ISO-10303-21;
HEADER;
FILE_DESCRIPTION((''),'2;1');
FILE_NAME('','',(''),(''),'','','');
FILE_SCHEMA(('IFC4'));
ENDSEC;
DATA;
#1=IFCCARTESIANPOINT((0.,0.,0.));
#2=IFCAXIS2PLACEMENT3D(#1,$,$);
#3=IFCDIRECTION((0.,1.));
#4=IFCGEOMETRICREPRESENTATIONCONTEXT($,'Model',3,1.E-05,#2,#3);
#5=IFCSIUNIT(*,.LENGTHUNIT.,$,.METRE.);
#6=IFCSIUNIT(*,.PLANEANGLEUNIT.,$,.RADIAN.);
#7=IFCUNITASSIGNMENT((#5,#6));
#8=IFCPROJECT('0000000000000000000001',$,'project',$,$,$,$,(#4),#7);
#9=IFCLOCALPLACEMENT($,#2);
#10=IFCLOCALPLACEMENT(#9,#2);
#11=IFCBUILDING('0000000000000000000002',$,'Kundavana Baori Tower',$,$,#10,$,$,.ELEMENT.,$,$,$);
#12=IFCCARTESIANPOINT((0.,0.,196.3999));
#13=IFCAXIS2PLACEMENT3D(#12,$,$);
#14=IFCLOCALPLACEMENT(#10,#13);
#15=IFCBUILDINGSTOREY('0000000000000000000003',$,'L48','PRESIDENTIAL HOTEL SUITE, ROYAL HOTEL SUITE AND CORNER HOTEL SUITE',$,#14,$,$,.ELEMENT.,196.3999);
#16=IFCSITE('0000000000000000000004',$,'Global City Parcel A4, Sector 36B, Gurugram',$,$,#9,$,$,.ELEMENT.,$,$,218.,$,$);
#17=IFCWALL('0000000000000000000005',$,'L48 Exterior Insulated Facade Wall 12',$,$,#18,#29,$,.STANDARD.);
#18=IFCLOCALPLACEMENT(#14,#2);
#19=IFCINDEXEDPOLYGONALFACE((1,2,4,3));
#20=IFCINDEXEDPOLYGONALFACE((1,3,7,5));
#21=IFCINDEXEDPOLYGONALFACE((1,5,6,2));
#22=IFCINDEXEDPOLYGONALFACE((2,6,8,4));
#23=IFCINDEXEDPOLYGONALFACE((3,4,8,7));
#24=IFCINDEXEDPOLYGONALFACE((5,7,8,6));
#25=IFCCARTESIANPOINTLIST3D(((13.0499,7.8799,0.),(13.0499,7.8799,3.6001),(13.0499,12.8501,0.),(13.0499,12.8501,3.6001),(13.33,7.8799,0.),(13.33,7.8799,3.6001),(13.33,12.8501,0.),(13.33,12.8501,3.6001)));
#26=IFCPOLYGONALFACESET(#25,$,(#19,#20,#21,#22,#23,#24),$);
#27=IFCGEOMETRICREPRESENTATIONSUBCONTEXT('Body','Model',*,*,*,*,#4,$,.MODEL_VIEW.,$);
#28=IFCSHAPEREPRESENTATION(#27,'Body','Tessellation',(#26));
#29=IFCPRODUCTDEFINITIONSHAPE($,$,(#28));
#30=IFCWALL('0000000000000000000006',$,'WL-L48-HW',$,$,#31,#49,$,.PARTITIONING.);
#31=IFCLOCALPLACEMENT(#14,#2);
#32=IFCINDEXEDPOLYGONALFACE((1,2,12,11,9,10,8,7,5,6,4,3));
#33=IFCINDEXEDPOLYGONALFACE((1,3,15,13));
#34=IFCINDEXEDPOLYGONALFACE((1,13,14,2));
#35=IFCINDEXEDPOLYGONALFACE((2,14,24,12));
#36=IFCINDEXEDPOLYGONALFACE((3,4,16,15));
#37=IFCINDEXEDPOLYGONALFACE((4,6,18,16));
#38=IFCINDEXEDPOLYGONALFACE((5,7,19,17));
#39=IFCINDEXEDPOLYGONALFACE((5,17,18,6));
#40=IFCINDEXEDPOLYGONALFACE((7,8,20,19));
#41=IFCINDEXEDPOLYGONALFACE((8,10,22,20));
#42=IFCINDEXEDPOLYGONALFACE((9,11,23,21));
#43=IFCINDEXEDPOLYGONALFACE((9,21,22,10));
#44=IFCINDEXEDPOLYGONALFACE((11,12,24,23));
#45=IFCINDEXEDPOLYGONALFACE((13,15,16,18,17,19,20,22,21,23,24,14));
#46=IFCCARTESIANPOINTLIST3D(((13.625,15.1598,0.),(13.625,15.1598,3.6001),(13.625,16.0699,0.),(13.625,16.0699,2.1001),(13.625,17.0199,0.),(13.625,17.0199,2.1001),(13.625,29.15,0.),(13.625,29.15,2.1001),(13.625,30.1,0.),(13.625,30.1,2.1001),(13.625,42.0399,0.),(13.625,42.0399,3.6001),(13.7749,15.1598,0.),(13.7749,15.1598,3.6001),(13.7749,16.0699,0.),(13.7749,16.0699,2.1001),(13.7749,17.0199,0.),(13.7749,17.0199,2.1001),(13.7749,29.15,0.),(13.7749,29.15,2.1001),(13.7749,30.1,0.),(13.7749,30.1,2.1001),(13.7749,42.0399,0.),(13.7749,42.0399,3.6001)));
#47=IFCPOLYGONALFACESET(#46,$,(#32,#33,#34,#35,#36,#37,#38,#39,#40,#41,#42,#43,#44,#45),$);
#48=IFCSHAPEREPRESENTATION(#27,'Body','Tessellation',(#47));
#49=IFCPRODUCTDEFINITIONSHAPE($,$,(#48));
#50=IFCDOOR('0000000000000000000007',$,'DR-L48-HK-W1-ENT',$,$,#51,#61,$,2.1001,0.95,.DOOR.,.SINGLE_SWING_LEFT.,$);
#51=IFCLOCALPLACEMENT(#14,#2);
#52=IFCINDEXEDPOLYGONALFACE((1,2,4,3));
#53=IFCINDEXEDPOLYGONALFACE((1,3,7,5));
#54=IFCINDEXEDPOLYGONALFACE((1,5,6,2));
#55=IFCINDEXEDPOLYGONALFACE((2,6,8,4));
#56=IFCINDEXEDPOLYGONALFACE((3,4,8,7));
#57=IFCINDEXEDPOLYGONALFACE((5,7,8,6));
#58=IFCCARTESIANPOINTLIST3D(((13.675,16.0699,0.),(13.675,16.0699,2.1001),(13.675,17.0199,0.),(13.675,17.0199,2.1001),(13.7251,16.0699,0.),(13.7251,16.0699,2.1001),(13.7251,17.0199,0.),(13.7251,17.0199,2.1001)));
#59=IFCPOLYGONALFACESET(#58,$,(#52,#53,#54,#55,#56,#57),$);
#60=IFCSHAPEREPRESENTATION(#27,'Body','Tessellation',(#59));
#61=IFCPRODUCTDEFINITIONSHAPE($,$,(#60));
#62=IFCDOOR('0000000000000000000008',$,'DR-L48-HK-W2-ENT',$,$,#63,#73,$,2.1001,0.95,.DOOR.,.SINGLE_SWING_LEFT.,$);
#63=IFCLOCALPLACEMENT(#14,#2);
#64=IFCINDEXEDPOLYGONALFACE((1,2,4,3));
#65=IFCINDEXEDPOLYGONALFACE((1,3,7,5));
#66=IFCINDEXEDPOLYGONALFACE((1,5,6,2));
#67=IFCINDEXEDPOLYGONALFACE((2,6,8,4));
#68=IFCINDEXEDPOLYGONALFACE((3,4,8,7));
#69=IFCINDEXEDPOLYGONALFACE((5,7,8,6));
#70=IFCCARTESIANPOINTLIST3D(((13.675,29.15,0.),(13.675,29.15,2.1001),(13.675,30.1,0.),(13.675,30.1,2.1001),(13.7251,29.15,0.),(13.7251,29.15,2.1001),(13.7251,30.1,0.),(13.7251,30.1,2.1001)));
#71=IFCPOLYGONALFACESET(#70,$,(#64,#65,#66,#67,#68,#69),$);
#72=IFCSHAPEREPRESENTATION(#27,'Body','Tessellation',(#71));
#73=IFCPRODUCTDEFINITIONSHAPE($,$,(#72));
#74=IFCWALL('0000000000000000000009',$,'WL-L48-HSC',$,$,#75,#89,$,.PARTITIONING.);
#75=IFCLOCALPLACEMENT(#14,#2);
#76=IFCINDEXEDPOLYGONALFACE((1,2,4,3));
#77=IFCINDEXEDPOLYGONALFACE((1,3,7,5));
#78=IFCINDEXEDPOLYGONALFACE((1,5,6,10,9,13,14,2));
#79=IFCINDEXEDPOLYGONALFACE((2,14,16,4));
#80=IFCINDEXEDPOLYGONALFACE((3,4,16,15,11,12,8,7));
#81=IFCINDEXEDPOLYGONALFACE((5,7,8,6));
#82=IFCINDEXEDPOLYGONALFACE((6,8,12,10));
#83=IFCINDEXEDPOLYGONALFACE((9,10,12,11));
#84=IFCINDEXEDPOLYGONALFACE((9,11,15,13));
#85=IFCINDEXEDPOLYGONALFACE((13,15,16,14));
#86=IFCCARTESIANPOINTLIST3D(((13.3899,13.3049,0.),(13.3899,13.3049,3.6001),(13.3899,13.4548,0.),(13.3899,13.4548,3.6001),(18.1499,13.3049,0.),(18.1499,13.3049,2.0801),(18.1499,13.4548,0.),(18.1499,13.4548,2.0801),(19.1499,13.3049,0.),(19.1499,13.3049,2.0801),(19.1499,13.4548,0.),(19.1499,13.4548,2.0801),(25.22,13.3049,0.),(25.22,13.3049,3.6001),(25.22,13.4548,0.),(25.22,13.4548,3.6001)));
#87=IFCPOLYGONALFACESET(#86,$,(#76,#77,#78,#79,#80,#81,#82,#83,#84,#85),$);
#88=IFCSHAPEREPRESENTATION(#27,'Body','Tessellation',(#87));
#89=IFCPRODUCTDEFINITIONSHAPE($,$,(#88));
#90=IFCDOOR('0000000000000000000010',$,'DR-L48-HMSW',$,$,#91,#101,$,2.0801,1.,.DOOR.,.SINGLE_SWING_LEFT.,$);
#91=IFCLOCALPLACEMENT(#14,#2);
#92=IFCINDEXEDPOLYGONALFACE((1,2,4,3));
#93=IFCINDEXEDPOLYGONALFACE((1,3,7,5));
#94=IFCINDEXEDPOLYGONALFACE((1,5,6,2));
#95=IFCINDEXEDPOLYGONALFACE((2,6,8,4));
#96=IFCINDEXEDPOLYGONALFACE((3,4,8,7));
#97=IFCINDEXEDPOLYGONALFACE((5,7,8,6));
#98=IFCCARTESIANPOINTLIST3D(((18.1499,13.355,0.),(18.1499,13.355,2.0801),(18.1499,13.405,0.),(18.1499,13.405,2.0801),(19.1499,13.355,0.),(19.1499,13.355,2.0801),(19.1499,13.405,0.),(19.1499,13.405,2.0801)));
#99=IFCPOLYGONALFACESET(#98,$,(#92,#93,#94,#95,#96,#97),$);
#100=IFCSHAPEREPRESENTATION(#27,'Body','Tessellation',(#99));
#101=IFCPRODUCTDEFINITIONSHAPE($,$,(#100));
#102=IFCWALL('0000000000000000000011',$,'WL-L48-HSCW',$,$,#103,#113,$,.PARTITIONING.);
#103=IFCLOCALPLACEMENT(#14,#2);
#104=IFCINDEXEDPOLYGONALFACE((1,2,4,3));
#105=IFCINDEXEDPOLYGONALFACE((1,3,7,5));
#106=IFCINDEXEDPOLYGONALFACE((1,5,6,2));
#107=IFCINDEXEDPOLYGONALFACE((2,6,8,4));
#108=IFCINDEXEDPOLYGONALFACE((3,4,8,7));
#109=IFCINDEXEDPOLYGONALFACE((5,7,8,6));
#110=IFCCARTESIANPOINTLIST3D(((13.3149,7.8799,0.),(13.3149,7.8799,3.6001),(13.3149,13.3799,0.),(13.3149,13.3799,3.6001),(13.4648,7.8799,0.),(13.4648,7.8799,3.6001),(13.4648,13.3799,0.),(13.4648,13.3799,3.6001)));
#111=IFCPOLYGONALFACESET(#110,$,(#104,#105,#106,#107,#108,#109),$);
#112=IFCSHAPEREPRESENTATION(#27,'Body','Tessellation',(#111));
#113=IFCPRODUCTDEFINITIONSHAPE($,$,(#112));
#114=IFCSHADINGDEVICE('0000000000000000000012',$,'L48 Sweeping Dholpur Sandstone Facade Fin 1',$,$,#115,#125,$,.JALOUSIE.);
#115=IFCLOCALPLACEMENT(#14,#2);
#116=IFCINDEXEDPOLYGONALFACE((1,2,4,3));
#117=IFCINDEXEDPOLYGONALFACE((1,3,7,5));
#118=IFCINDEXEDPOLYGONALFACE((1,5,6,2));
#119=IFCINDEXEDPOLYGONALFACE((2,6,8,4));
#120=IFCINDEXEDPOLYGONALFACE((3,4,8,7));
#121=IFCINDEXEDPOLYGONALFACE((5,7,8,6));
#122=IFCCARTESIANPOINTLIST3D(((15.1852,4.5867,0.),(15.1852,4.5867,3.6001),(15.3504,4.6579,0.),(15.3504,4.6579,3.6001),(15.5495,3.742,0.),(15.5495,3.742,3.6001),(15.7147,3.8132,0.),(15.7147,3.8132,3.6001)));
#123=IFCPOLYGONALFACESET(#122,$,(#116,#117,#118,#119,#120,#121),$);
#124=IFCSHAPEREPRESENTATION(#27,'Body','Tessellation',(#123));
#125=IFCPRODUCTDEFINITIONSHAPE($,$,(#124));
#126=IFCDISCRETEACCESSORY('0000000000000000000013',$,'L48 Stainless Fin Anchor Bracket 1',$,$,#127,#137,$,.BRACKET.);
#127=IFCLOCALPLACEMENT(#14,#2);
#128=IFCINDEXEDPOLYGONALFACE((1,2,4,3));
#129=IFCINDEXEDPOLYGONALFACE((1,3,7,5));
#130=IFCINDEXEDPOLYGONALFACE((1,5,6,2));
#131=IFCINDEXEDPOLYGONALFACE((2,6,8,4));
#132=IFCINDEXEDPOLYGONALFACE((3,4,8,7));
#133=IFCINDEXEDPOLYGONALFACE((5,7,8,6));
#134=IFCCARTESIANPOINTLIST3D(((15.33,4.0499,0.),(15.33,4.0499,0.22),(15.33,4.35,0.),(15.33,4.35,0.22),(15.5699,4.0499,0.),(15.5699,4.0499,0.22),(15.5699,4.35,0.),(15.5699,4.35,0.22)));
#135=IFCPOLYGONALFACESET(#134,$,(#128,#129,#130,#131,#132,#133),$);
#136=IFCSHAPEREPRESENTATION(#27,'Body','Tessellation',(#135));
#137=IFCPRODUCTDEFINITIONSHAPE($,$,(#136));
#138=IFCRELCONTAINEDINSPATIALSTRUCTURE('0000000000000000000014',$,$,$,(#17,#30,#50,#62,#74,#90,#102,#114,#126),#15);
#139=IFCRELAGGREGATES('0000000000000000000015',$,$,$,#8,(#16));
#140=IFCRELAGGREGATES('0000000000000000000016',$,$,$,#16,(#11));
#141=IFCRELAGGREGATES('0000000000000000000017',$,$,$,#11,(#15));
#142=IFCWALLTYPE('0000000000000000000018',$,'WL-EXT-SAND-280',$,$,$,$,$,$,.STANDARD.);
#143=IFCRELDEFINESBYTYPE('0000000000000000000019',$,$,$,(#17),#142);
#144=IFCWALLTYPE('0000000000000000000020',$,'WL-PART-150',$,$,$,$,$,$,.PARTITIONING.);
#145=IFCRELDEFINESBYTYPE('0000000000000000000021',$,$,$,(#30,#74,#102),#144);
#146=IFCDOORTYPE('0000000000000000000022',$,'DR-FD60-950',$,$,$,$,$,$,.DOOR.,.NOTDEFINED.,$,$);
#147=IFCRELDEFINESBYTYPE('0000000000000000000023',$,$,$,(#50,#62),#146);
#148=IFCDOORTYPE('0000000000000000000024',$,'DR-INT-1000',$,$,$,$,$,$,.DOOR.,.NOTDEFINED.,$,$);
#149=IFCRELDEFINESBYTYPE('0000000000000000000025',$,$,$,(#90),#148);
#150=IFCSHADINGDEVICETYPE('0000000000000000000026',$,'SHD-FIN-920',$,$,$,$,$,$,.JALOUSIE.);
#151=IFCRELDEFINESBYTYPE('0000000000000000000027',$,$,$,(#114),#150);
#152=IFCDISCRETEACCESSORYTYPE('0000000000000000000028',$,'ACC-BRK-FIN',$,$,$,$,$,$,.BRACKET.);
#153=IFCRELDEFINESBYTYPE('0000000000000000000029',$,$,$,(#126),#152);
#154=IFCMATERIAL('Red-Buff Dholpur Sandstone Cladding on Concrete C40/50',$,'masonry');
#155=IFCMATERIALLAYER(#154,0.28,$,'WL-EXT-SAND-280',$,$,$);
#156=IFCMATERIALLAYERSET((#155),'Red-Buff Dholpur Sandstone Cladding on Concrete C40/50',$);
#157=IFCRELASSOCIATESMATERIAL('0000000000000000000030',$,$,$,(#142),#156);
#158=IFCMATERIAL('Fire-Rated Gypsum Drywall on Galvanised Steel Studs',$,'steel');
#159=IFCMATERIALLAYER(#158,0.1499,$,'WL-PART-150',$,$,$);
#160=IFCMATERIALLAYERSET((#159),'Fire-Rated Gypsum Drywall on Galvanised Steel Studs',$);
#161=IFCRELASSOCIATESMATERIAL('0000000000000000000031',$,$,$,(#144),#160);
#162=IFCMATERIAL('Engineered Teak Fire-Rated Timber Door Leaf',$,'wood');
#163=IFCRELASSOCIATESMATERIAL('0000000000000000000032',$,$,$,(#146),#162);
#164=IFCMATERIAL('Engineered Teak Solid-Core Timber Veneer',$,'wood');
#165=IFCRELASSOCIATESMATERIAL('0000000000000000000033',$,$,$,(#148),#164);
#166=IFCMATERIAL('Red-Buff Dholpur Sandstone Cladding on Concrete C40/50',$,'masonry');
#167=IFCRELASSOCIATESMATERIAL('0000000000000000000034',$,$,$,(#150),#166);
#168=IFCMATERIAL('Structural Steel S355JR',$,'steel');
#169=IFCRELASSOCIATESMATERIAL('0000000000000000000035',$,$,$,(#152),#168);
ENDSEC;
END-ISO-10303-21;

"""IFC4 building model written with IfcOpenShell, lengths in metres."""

from ifc_helpers import new_model, si_unit, direction, frame, frame_2d, origin, origin_2d, place, context, subcontext, project, spatial, rectangle, extrude, material, layer, layer_set, type_object, element, fill, save


model = new_model("IFC4")

# Units and contexts
model_context = context("Model", 3, precision=1e-05, world=origin(), true_north=direction((0.0, 1.0)))
body_context = subcontext(model_context, "Body", "Model", "MODEL_VIEW")
ifc_project = project(units=[si_unit("LENGTHUNIT", "METRE"), si_unit("PLANEANGLEUNIT", "RADIAN")], contexts=[model_context])

# Site, building, storey
site_placement = place(None, origin())
site = spatial("IfcSite", under=ifc_project, at=site_placement, Name="Global City Parcel A4, Sector 36B, Gurugram", CompositionType="ELEMENT", RefElevation=218.0)
building_placement = place(site_placement, origin())
building = spatial("IfcBuilding", under=site, at=building_placement, Name="Kundavana Baori Tower", CompositionType="ELEMENT")
storey_placement = place(building_placement, frame((0.0, 0.0, 196.3999)))
storey = spatial("IfcBuildingStorey", under=building, at=storey_placement, Name="L48", Description="PRESIDENTIAL HOTEL SUITE, ROYAL HOTEL SUITE AND CORNER HOTEL SUITE", CompositionType="ELEMENT", Elevation=196.3999)

# Shared definitions
ifc_material_1 = material(Name="Red-Buff Dholpur Sandstone Cladding on Concrete C40/50", Category="masonry")
ifc_layer_1 = layer(ifc_material_1, 0.28, Name="WL-EXT-SAND-280")
ifc_layer_set_1 = layer_set([ifc_layer_1], Name="Red-Buff Dholpur Sandstone Cladding on Concrete C40/50")
wall_type_1 = type_object("IfcWallType", Name="WL-EXT-SAND-280", PredefinedType="STANDARD", material=ifc_layer_set_1)

# Wall
wall_1_placement = place(storey_placement, frame((13.1899, 12.8501, 0.0), z_axis=(0.0, 0.0, 1.0), x_axis=(0.0, -1.0, 0.0)))
element("IfcWall", 1, at=wall_1_placement, inside=storey, type_object=wall_type_1, Name="L48 Exterior Insulated Facade Wall 12", PredefinedType="STANDARD", context=body_context, shape_type="SweptSolid", body=[
    extrude(rectangle(XDim=4.9702, YDim=0.28, at=frame_2d((2.4851, 0.0))), origin(), (0.0, 0.0, 1.0), 3.6001),
])

# Wall, openings, doors
ifc_material_2 = material(Name="Fire-Rated Gypsum Drywall on Galvanised Steel Studs", Category="steel")
ifc_layer_2 = layer(ifc_material_2, 0.1499, Name="WL-PART-150")
ifc_layer_set_2 = layer_set([ifc_layer_2], Name="Fire-Rated Gypsum Drywall on Galvanised Steel Studs")
wall_type_2 = type_object("IfcWallType", Name="WL-PART-150", PredefinedType="PARTITIONING", material=ifc_layer_set_2)
wall_2_placement = place(storey_placement, frame((13.7, 15.1599, 0.0), z_axis=(0.0, 0.0, 1.0), x_axis=(0.0, 1.0, 0.0)))
wall_2 = element("IfcWall", 2, at=wall_2_placement, inside=storey, type_object=wall_type_2, Name="WL-L48-HW", PredefinedType="PARTITIONING", context=body_context, shape_type="SweptSolid", body=[
    extrude(rectangle(XDim=26.8801, YDim=0.1499, at=frame_2d((13.4399, 0.0))), origin(), (0.0, 0.0, 1.0), 3.6001),
])
opening_1_placement = place(wall_2_placement, frame((0.9099, 0.0, 0.0)))
opening_1 = element("IfcOpeningElement", 3, at=opening_1_placement, cuts=wall_2, PredefinedType="OPENING", context=body_context, shape_type="SweptSolid", body=[
    extrude(rectangle(XDim=0.95, YDim=2.1001, at=frame_2d((0.4751, 1.05))), frame((0.0, 0.085, 0.0), z_axis=(0.0, -1.0, 0.0), x_axis=(1.0, 0.0, 0.0)), (0.0, 0.0, 1.0), 0.1699),
])
opening_2_placement = place(wall_2_placement, frame((13.99, 0.0, 0.0)))
opening_2 = element("IfcOpeningElement", 4, at=opening_2_placement, cuts=wall_2, PredefinedType="OPENING", context=body_context, shape_type="SweptSolid", body=[
    extrude(rectangle(XDim=0.95, YDim=2.1001, at=frame_2d((0.4751, 1.05))), frame((0.0, 0.085, 0.0), z_axis=(0.0, -1.0, 0.0), x_axis=(1.0, 0.0, 0.0)), (0.0, 0.0, 1.0), 0.1699),
])
ifc_material_3 = material(Name="Engineered Teak Fire-Rated Timber Door Leaf", Category="wood")
door_type_1 = type_object("IfcDoorType", Name="DR-FD60-950", OperationType="NOTDEFINED", PredefinedType="DOOR", material=ifc_material_3)
door_1_placement = place(opening_1_placement, origin())
door_1 = element("IfcDoor", 5, at=door_1_placement, inside=storey, type_object=door_type_1, Name="DR-L48-HK-W1-ENT", OperationType="SINGLE_SWING_LEFT", OverallHeight=2.1001, OverallWidth=0.95, PredefinedType="DOOR", context=body_context, shape_type="SweptSolid", body=[
    extrude(rectangle(XDim=0.95, YDim=2.1001, at=frame_2d((0.4751, 1.05))), frame((0.0, 0.0249, 0.0), z_axis=(0.0, -1.0, 0.0), x_axis=(1.0, 0.0, 0.0)), (0.0, 0.0, 1.0), 0.05),
])
fill(opening_1, door_1)
door_2_placement = place(opening_2_placement, origin())
door_2 = element("IfcDoor", 6, at=door_2_placement, inside=storey, type_object=door_type_1, Name="DR-L48-HK-W2-ENT", OperationType="SINGLE_SWING_LEFT", OverallHeight=2.1001, OverallWidth=0.95, PredefinedType="DOOR", context=body_context, shape_type="SweptSolid", body=[
    extrude(rectangle(XDim=0.95, YDim=2.1001, at=frame_2d((0.4751, 1.05))), frame((0.0, 0.0249, 0.0), z_axis=(0.0, -1.0, 0.0), x_axis=(1.0, 0.0, 0.0)), (0.0, 0.0, 1.0), 0.05),
])
fill(opening_2, door_2)

# Wall, opening, door
wall_3_placement = place(storey_placement, frame((13.3899, 13.3799, 0.0), z_axis=(0.0, 0.0, 1.0), x_axis=(1.0, 0.0, 0.0)))
wall_3 = element("IfcWall", 7, at=wall_3_placement, inside=storey, type_object=wall_type_2, Name="WL-L48-HSC", PredefinedType="PARTITIONING", context=body_context, shape_type="SweptSolid", body=[
    extrude(rectangle(XDim=11.8301, YDim=0.1499, at=frame_2d((5.915, 0.0))), origin(), (0.0, 0.0, 1.0), 3.6001),
])
opening_3_placement = place(wall_3_placement, frame((4.76, 0.0, 0.0)))
opening_3 = element("IfcOpeningElement", 8, at=opening_3_placement, cuts=wall_3, PredefinedType="OPENING", context=body_context, shape_type="SweptSolid", body=[
    extrude(rectangle(XDim=1.0, YDim=2.0801, at=frame_2d((0.5, 1.04))), frame((0.0, 0.085, 0.0), z_axis=(0.0, -1.0, 0.0), x_axis=(1.0, 0.0, 0.0)), (0.0, 0.0, 1.0), 0.1699),
])
ifc_material_4 = material(Name="Engineered Teak Solid-Core Timber Veneer", Category="wood")
door_type_2 = type_object("IfcDoorType", Name="DR-INT-1000", OperationType="NOTDEFINED", PredefinedType="DOOR", material=ifc_material_4)
door_3_placement = place(opening_3_placement, frame((1.0, 0.0, 0.0), z_axis=(0.0, 0.0, 1.0), x_axis=(-1.0, 0.0, 0.0)))
door_3 = element("IfcDoor", 9, at=door_3_placement, inside=storey, type_object=door_type_2, Name="DR-L48-HMSW", OperationType="SINGLE_SWING_LEFT", OverallHeight=2.0801, OverallWidth=1.0, PredefinedType="DOOR", context=body_context, shape_type="SweptSolid", body=[
    extrude(rectangle(XDim=1.0, YDim=2.0801, at=frame_2d((0.5, 1.04))), frame((0.0, 0.0249, 0.0), z_axis=(0.0, -1.0, 0.0), x_axis=(1.0, 0.0, 0.0)), (0.0, 0.0, 1.0), 0.05),
])
fill(opening_3, door_3)

# Wall
wall_4_placement = place(storey_placement, frame((13.3899, 7.8799, 0.0), z_axis=(0.0, 0.0, 1.0), x_axis=(0.0, 1.0, 0.0)))
element("IfcWall", 10, at=wall_4_placement, inside=storey, type_object=wall_type_2, Name="WL-L48-HSCW", PredefinedType="PARTITIONING", context=body_context, shape_type="SweptSolid", body=[
    extrude(rectangle(XDim=5.5, YDim=0.1499, at=frame_2d((2.75, 0.0))), origin(), (0.0, 0.0, 1.0), 3.6001),
])

# Shading device
ifc_material_5 = material(Name="Red-Buff Dholpur Sandstone Cladding on Concrete C40/50", Category="masonry")
shading_device_type = type_object("IfcShadingDeviceType", Name="SHD-FIN-920", PredefinedType="JALOUSIE", material=ifc_material_5)
shading_device_placement = place(storey_placement, frame((15.45, 4.2, 0.0), z_axis=(0.0, 0.0, 1.0), x_axis=(0.918239, 0.396026, 0.0)))
element("IfcShadingDevice", 11, at=shading_device_placement, inside=storey, type_object=shading_device_type, Name="L48 Sweeping Dholpur Sandstone Facade Fin 1", PredefinedType="JALOUSIE", context=body_context, shape_type="SweptSolid", body=[
    extrude(rectangle(XDim=0.1799, YDim=0.9199, at=origin_2d()), origin(), (0.0, 0.0, 1.0), 3.6001),
])

# Discrete accessory
ifc_material_6 = material(Name="Structural Steel S355JR", Category="steel")
discrete_accessory_type = type_object("IfcDiscreteAccessoryType", Name="ACC-BRK-FIN", PredefinedType="BRACKET", material=ifc_material_6)
discrete_accessory_placement = place(storey_placement, frame((15.45, 4.2, 0.0), z_axis=(0.0, 0.0, 1.0), x_axis=(1.0, 0.0, 0.0)))
element("IfcDiscreteAccessory", 12, at=discrete_accessory_placement, inside=storey, type_object=discrete_accessory_type, Name="L48 Stainless Fin Anchor Bracket 1", PredefinedType="BRACKET", context=body_context, shape_type="SweptSolid", body=[
    extrude(rectangle(XDim=0.24, YDim=0.3, at=origin_2d()), origin(), (0.0, 0.0, 1.0), 0.22),
])

save(model, "model.ifc")
